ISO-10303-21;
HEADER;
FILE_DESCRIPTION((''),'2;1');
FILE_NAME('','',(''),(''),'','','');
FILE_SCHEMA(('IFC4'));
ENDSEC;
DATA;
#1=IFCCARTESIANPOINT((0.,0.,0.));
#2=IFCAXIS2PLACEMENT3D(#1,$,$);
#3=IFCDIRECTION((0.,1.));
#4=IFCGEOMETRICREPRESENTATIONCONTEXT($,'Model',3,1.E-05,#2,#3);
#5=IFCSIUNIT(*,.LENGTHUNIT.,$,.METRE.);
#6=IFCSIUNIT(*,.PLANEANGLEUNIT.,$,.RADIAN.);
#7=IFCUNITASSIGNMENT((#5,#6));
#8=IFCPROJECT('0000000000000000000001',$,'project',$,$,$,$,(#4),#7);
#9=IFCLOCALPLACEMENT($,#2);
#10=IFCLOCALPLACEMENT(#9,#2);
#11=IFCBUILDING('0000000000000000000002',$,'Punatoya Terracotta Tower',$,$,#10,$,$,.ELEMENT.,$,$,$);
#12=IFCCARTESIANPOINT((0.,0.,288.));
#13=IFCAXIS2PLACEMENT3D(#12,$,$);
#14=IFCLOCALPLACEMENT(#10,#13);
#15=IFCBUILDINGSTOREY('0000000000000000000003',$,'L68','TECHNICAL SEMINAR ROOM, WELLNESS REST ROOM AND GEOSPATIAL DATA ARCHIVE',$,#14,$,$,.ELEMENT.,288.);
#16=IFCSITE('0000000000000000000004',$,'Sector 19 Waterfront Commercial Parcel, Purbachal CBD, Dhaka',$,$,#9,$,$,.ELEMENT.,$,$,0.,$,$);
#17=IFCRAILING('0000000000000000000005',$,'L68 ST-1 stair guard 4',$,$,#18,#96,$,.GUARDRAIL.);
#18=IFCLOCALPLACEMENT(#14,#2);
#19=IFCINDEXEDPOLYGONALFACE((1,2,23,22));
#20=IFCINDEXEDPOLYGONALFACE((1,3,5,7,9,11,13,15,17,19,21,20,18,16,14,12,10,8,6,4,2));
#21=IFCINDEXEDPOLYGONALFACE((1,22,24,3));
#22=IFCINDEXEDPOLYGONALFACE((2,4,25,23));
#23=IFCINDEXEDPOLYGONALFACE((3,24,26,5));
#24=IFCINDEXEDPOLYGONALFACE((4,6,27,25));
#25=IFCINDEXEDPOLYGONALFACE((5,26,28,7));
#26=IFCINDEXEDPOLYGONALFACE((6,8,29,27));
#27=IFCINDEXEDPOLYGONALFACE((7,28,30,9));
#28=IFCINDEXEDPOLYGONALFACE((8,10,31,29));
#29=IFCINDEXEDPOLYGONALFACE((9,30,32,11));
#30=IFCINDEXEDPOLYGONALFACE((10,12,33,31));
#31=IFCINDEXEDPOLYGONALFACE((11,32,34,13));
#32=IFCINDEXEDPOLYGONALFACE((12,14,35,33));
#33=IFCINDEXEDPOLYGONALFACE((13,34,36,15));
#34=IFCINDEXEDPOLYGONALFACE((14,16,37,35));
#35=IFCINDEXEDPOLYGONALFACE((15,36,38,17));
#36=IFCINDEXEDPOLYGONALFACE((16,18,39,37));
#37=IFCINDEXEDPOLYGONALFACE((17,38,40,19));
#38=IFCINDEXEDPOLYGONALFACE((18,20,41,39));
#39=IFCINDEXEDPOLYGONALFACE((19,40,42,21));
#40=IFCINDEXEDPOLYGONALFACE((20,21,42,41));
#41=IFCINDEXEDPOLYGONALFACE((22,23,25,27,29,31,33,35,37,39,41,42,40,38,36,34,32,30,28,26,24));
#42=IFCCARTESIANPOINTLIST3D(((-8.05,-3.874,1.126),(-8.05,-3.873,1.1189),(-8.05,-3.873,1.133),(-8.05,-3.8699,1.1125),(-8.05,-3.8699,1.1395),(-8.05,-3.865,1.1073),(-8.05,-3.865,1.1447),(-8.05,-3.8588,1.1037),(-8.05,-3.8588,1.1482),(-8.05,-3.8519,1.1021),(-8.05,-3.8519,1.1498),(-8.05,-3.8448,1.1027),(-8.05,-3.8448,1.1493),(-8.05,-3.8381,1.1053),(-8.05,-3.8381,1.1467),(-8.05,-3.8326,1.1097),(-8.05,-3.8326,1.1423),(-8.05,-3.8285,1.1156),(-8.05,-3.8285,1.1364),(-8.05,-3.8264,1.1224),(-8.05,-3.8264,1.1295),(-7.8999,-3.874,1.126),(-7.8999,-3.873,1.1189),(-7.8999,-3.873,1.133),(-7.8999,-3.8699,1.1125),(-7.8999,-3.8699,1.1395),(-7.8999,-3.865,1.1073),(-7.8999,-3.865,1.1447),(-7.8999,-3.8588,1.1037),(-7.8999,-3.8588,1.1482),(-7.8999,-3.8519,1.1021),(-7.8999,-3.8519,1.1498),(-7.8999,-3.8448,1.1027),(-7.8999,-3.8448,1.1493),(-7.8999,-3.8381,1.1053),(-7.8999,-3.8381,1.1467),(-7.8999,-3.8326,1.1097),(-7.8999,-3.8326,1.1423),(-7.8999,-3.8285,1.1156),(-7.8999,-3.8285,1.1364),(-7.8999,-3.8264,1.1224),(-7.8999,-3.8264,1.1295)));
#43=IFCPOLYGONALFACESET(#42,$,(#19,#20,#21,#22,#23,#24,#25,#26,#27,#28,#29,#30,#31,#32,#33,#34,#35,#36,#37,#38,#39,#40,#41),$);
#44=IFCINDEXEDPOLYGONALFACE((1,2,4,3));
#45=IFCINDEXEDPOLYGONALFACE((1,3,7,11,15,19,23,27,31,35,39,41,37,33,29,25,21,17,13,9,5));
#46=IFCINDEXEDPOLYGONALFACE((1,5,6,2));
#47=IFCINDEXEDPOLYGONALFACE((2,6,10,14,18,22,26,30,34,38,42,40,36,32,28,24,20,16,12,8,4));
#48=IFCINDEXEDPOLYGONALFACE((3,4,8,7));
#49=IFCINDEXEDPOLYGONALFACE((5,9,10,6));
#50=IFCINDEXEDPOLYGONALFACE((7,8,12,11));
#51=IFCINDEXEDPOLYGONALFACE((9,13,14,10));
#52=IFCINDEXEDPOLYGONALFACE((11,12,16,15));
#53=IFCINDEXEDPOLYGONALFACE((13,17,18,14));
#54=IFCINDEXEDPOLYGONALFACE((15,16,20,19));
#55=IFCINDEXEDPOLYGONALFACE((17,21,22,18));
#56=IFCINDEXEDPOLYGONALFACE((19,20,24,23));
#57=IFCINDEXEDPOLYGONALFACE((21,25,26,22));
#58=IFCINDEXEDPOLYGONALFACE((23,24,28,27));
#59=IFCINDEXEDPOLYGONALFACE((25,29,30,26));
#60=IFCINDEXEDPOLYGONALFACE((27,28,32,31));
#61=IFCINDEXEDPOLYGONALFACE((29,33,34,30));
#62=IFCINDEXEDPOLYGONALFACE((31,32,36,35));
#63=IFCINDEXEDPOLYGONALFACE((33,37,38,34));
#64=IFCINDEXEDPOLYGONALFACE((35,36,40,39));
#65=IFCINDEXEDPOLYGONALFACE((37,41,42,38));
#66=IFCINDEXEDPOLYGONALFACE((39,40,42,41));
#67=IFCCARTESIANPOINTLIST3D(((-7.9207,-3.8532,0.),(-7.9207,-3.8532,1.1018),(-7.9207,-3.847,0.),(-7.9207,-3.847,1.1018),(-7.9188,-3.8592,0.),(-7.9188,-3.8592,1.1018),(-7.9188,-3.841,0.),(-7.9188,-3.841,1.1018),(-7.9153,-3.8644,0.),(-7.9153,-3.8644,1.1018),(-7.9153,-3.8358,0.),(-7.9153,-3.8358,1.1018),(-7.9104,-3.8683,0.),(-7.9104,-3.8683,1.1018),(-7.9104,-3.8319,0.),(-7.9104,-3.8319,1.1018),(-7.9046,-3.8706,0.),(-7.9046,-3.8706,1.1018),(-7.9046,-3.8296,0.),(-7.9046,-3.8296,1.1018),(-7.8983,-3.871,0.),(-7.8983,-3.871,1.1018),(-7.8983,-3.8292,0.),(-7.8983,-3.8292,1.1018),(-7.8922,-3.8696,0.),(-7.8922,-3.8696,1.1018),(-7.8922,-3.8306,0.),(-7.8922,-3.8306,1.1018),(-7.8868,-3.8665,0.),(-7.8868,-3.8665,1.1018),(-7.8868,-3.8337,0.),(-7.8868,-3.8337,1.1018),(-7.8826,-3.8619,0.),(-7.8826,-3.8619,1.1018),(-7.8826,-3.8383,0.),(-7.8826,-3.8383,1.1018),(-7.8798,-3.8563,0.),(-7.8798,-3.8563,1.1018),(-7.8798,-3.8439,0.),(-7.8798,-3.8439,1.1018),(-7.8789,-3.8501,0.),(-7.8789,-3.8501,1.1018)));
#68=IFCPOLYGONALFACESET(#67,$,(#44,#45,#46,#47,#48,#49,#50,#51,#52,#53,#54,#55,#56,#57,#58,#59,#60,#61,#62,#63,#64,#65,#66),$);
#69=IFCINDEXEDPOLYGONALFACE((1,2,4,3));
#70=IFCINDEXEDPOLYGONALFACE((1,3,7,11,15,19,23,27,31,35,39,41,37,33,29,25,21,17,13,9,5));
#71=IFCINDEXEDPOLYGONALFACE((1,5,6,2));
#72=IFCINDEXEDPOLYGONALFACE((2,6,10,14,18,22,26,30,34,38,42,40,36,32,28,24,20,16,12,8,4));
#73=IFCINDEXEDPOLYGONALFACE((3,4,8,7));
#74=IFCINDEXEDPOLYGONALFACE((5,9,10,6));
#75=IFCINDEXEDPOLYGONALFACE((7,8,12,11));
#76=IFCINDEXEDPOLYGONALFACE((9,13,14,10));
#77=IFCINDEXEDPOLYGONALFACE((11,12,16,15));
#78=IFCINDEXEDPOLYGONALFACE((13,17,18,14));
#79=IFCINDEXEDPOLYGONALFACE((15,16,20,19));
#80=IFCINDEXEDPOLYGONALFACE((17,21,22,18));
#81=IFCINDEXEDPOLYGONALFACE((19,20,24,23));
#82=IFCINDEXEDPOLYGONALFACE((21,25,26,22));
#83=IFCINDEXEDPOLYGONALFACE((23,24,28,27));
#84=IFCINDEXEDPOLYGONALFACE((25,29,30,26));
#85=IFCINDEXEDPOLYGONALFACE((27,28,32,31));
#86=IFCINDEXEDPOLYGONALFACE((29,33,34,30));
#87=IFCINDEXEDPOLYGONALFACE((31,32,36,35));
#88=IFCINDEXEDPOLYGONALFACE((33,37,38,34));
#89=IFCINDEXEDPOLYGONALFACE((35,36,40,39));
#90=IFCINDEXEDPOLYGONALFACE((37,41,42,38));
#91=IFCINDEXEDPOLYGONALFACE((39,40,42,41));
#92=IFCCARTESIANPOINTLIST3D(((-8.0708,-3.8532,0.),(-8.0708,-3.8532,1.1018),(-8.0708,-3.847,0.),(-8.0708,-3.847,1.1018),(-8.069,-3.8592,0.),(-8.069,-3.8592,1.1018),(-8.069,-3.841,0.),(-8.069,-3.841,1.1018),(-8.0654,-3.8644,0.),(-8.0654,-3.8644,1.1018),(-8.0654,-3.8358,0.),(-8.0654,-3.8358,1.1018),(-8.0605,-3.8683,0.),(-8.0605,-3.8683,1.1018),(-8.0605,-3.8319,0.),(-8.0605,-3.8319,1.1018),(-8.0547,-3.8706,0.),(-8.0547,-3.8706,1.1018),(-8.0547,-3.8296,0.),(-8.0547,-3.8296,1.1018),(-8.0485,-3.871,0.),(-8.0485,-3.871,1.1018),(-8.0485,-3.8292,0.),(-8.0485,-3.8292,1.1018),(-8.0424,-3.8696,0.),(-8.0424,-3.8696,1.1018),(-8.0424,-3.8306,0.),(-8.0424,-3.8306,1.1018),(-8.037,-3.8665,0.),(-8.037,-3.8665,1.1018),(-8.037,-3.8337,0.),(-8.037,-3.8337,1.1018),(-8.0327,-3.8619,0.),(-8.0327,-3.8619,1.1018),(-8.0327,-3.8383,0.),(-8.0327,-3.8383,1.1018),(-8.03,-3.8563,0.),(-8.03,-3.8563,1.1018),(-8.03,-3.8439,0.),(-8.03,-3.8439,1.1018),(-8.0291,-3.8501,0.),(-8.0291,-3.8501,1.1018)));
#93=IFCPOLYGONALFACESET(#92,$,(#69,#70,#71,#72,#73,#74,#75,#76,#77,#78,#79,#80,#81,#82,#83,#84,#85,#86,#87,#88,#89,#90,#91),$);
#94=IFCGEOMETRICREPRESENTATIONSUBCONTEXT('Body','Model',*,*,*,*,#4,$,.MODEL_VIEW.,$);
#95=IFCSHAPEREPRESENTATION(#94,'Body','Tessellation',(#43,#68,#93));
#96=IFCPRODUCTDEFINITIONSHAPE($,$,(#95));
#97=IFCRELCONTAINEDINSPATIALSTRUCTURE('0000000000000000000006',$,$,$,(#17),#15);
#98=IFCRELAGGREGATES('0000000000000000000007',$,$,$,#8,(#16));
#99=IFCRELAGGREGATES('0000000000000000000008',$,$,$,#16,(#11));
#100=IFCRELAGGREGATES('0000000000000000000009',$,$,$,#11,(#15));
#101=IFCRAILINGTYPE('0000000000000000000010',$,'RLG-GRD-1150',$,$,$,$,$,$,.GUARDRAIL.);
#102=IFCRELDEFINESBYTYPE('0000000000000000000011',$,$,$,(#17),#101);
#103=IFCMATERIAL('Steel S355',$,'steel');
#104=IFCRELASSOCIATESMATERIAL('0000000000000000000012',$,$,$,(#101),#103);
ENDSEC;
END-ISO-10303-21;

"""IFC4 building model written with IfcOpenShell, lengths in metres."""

from ifc_helpers import new_model, si_unit, direction, frame, origin, origin_2d, place, context, subcontext, project, spatial, circle, extrude, material, type_object, element, save


model = new_model("IFC4")

# Units and contexts
model_context = context("Model", 3, precision=1e-05, world=origin(), true_north=direction((0.0, 1.0)))
body_context = subcontext(model_context, "Body", "Model", "MODEL_VIEW")
ifc_project = project(units=[si_unit("LENGTHUNIT", "METRE"), si_unit("PLANEANGLEUNIT", "RADIAN")], contexts=[model_context])

# Site, building, storey
site_placement = place(None, origin())
site = spatial("IfcSite", under=ifc_project, at=site_placement, Name="Sector 19 Waterfront Commercial Parcel, Purbachal CBD, Dhaka", CompositionType="ELEMENT", RefElevation=0.0)
building_placement = place(site_placement, origin())
building = spatial("IfcBuilding", under=site, at=building_placement, Name="Punatoya Terracotta Tower", CompositionType="ELEMENT")
storey_placement = place(building_placement, frame((0.0, 0.0, 288.0)))
storey = spatial("IfcBuildingStorey", under=building, at=storey_placement, Name="L68", Description="TECHNICAL SEMINAR ROOM, WELLNESS REST ROOM AND GEOSPATIAL DATA ARCHIVE", CompositionType="ELEMENT", Elevation=288.0)

# Shared definitions
ifc_material_1 = material(Name="Steel S355", Category="steel")

# Railing
railing_type_1 = type_object("IfcRailingType", Name="RLG-GRD-1150", PredefinedType="GUARDRAIL", material=ifc_material_1)
railing_1_placement = place(storey_placement, frame((-7.8999, -3.8501, 0.0)))
element("IfcRailing", 1, at=railing_1_placement, inside=storey, type_object=railing_type_1, Name="L68 ST-1 stair guard 4", PredefinedType="GUARDRAIL", context=body_context, shape_type="SweptSolid", body=[
    extrude(circle(Radius=0.0239, at=origin_2d()), frame((0.0, 0.0, 1.126), z_axis=(-1.0, 0.0, 0.0), x_axis=(0.0, -1.0, 0.0)), (0.0, 0.0, 1.0), 0.1501),
    extrude(circle(Radius=0.021, at=origin_2d()), origin(), (0.0, 0.0, 1.0), 1.1018),
    extrude(circle(Radius=0.021, at=origin_2d()), frame((-0.1501, 0.0, 0.0)), (0.0, 0.0, 1.0), 1.1018),
])

save(model, "model.ifc")
